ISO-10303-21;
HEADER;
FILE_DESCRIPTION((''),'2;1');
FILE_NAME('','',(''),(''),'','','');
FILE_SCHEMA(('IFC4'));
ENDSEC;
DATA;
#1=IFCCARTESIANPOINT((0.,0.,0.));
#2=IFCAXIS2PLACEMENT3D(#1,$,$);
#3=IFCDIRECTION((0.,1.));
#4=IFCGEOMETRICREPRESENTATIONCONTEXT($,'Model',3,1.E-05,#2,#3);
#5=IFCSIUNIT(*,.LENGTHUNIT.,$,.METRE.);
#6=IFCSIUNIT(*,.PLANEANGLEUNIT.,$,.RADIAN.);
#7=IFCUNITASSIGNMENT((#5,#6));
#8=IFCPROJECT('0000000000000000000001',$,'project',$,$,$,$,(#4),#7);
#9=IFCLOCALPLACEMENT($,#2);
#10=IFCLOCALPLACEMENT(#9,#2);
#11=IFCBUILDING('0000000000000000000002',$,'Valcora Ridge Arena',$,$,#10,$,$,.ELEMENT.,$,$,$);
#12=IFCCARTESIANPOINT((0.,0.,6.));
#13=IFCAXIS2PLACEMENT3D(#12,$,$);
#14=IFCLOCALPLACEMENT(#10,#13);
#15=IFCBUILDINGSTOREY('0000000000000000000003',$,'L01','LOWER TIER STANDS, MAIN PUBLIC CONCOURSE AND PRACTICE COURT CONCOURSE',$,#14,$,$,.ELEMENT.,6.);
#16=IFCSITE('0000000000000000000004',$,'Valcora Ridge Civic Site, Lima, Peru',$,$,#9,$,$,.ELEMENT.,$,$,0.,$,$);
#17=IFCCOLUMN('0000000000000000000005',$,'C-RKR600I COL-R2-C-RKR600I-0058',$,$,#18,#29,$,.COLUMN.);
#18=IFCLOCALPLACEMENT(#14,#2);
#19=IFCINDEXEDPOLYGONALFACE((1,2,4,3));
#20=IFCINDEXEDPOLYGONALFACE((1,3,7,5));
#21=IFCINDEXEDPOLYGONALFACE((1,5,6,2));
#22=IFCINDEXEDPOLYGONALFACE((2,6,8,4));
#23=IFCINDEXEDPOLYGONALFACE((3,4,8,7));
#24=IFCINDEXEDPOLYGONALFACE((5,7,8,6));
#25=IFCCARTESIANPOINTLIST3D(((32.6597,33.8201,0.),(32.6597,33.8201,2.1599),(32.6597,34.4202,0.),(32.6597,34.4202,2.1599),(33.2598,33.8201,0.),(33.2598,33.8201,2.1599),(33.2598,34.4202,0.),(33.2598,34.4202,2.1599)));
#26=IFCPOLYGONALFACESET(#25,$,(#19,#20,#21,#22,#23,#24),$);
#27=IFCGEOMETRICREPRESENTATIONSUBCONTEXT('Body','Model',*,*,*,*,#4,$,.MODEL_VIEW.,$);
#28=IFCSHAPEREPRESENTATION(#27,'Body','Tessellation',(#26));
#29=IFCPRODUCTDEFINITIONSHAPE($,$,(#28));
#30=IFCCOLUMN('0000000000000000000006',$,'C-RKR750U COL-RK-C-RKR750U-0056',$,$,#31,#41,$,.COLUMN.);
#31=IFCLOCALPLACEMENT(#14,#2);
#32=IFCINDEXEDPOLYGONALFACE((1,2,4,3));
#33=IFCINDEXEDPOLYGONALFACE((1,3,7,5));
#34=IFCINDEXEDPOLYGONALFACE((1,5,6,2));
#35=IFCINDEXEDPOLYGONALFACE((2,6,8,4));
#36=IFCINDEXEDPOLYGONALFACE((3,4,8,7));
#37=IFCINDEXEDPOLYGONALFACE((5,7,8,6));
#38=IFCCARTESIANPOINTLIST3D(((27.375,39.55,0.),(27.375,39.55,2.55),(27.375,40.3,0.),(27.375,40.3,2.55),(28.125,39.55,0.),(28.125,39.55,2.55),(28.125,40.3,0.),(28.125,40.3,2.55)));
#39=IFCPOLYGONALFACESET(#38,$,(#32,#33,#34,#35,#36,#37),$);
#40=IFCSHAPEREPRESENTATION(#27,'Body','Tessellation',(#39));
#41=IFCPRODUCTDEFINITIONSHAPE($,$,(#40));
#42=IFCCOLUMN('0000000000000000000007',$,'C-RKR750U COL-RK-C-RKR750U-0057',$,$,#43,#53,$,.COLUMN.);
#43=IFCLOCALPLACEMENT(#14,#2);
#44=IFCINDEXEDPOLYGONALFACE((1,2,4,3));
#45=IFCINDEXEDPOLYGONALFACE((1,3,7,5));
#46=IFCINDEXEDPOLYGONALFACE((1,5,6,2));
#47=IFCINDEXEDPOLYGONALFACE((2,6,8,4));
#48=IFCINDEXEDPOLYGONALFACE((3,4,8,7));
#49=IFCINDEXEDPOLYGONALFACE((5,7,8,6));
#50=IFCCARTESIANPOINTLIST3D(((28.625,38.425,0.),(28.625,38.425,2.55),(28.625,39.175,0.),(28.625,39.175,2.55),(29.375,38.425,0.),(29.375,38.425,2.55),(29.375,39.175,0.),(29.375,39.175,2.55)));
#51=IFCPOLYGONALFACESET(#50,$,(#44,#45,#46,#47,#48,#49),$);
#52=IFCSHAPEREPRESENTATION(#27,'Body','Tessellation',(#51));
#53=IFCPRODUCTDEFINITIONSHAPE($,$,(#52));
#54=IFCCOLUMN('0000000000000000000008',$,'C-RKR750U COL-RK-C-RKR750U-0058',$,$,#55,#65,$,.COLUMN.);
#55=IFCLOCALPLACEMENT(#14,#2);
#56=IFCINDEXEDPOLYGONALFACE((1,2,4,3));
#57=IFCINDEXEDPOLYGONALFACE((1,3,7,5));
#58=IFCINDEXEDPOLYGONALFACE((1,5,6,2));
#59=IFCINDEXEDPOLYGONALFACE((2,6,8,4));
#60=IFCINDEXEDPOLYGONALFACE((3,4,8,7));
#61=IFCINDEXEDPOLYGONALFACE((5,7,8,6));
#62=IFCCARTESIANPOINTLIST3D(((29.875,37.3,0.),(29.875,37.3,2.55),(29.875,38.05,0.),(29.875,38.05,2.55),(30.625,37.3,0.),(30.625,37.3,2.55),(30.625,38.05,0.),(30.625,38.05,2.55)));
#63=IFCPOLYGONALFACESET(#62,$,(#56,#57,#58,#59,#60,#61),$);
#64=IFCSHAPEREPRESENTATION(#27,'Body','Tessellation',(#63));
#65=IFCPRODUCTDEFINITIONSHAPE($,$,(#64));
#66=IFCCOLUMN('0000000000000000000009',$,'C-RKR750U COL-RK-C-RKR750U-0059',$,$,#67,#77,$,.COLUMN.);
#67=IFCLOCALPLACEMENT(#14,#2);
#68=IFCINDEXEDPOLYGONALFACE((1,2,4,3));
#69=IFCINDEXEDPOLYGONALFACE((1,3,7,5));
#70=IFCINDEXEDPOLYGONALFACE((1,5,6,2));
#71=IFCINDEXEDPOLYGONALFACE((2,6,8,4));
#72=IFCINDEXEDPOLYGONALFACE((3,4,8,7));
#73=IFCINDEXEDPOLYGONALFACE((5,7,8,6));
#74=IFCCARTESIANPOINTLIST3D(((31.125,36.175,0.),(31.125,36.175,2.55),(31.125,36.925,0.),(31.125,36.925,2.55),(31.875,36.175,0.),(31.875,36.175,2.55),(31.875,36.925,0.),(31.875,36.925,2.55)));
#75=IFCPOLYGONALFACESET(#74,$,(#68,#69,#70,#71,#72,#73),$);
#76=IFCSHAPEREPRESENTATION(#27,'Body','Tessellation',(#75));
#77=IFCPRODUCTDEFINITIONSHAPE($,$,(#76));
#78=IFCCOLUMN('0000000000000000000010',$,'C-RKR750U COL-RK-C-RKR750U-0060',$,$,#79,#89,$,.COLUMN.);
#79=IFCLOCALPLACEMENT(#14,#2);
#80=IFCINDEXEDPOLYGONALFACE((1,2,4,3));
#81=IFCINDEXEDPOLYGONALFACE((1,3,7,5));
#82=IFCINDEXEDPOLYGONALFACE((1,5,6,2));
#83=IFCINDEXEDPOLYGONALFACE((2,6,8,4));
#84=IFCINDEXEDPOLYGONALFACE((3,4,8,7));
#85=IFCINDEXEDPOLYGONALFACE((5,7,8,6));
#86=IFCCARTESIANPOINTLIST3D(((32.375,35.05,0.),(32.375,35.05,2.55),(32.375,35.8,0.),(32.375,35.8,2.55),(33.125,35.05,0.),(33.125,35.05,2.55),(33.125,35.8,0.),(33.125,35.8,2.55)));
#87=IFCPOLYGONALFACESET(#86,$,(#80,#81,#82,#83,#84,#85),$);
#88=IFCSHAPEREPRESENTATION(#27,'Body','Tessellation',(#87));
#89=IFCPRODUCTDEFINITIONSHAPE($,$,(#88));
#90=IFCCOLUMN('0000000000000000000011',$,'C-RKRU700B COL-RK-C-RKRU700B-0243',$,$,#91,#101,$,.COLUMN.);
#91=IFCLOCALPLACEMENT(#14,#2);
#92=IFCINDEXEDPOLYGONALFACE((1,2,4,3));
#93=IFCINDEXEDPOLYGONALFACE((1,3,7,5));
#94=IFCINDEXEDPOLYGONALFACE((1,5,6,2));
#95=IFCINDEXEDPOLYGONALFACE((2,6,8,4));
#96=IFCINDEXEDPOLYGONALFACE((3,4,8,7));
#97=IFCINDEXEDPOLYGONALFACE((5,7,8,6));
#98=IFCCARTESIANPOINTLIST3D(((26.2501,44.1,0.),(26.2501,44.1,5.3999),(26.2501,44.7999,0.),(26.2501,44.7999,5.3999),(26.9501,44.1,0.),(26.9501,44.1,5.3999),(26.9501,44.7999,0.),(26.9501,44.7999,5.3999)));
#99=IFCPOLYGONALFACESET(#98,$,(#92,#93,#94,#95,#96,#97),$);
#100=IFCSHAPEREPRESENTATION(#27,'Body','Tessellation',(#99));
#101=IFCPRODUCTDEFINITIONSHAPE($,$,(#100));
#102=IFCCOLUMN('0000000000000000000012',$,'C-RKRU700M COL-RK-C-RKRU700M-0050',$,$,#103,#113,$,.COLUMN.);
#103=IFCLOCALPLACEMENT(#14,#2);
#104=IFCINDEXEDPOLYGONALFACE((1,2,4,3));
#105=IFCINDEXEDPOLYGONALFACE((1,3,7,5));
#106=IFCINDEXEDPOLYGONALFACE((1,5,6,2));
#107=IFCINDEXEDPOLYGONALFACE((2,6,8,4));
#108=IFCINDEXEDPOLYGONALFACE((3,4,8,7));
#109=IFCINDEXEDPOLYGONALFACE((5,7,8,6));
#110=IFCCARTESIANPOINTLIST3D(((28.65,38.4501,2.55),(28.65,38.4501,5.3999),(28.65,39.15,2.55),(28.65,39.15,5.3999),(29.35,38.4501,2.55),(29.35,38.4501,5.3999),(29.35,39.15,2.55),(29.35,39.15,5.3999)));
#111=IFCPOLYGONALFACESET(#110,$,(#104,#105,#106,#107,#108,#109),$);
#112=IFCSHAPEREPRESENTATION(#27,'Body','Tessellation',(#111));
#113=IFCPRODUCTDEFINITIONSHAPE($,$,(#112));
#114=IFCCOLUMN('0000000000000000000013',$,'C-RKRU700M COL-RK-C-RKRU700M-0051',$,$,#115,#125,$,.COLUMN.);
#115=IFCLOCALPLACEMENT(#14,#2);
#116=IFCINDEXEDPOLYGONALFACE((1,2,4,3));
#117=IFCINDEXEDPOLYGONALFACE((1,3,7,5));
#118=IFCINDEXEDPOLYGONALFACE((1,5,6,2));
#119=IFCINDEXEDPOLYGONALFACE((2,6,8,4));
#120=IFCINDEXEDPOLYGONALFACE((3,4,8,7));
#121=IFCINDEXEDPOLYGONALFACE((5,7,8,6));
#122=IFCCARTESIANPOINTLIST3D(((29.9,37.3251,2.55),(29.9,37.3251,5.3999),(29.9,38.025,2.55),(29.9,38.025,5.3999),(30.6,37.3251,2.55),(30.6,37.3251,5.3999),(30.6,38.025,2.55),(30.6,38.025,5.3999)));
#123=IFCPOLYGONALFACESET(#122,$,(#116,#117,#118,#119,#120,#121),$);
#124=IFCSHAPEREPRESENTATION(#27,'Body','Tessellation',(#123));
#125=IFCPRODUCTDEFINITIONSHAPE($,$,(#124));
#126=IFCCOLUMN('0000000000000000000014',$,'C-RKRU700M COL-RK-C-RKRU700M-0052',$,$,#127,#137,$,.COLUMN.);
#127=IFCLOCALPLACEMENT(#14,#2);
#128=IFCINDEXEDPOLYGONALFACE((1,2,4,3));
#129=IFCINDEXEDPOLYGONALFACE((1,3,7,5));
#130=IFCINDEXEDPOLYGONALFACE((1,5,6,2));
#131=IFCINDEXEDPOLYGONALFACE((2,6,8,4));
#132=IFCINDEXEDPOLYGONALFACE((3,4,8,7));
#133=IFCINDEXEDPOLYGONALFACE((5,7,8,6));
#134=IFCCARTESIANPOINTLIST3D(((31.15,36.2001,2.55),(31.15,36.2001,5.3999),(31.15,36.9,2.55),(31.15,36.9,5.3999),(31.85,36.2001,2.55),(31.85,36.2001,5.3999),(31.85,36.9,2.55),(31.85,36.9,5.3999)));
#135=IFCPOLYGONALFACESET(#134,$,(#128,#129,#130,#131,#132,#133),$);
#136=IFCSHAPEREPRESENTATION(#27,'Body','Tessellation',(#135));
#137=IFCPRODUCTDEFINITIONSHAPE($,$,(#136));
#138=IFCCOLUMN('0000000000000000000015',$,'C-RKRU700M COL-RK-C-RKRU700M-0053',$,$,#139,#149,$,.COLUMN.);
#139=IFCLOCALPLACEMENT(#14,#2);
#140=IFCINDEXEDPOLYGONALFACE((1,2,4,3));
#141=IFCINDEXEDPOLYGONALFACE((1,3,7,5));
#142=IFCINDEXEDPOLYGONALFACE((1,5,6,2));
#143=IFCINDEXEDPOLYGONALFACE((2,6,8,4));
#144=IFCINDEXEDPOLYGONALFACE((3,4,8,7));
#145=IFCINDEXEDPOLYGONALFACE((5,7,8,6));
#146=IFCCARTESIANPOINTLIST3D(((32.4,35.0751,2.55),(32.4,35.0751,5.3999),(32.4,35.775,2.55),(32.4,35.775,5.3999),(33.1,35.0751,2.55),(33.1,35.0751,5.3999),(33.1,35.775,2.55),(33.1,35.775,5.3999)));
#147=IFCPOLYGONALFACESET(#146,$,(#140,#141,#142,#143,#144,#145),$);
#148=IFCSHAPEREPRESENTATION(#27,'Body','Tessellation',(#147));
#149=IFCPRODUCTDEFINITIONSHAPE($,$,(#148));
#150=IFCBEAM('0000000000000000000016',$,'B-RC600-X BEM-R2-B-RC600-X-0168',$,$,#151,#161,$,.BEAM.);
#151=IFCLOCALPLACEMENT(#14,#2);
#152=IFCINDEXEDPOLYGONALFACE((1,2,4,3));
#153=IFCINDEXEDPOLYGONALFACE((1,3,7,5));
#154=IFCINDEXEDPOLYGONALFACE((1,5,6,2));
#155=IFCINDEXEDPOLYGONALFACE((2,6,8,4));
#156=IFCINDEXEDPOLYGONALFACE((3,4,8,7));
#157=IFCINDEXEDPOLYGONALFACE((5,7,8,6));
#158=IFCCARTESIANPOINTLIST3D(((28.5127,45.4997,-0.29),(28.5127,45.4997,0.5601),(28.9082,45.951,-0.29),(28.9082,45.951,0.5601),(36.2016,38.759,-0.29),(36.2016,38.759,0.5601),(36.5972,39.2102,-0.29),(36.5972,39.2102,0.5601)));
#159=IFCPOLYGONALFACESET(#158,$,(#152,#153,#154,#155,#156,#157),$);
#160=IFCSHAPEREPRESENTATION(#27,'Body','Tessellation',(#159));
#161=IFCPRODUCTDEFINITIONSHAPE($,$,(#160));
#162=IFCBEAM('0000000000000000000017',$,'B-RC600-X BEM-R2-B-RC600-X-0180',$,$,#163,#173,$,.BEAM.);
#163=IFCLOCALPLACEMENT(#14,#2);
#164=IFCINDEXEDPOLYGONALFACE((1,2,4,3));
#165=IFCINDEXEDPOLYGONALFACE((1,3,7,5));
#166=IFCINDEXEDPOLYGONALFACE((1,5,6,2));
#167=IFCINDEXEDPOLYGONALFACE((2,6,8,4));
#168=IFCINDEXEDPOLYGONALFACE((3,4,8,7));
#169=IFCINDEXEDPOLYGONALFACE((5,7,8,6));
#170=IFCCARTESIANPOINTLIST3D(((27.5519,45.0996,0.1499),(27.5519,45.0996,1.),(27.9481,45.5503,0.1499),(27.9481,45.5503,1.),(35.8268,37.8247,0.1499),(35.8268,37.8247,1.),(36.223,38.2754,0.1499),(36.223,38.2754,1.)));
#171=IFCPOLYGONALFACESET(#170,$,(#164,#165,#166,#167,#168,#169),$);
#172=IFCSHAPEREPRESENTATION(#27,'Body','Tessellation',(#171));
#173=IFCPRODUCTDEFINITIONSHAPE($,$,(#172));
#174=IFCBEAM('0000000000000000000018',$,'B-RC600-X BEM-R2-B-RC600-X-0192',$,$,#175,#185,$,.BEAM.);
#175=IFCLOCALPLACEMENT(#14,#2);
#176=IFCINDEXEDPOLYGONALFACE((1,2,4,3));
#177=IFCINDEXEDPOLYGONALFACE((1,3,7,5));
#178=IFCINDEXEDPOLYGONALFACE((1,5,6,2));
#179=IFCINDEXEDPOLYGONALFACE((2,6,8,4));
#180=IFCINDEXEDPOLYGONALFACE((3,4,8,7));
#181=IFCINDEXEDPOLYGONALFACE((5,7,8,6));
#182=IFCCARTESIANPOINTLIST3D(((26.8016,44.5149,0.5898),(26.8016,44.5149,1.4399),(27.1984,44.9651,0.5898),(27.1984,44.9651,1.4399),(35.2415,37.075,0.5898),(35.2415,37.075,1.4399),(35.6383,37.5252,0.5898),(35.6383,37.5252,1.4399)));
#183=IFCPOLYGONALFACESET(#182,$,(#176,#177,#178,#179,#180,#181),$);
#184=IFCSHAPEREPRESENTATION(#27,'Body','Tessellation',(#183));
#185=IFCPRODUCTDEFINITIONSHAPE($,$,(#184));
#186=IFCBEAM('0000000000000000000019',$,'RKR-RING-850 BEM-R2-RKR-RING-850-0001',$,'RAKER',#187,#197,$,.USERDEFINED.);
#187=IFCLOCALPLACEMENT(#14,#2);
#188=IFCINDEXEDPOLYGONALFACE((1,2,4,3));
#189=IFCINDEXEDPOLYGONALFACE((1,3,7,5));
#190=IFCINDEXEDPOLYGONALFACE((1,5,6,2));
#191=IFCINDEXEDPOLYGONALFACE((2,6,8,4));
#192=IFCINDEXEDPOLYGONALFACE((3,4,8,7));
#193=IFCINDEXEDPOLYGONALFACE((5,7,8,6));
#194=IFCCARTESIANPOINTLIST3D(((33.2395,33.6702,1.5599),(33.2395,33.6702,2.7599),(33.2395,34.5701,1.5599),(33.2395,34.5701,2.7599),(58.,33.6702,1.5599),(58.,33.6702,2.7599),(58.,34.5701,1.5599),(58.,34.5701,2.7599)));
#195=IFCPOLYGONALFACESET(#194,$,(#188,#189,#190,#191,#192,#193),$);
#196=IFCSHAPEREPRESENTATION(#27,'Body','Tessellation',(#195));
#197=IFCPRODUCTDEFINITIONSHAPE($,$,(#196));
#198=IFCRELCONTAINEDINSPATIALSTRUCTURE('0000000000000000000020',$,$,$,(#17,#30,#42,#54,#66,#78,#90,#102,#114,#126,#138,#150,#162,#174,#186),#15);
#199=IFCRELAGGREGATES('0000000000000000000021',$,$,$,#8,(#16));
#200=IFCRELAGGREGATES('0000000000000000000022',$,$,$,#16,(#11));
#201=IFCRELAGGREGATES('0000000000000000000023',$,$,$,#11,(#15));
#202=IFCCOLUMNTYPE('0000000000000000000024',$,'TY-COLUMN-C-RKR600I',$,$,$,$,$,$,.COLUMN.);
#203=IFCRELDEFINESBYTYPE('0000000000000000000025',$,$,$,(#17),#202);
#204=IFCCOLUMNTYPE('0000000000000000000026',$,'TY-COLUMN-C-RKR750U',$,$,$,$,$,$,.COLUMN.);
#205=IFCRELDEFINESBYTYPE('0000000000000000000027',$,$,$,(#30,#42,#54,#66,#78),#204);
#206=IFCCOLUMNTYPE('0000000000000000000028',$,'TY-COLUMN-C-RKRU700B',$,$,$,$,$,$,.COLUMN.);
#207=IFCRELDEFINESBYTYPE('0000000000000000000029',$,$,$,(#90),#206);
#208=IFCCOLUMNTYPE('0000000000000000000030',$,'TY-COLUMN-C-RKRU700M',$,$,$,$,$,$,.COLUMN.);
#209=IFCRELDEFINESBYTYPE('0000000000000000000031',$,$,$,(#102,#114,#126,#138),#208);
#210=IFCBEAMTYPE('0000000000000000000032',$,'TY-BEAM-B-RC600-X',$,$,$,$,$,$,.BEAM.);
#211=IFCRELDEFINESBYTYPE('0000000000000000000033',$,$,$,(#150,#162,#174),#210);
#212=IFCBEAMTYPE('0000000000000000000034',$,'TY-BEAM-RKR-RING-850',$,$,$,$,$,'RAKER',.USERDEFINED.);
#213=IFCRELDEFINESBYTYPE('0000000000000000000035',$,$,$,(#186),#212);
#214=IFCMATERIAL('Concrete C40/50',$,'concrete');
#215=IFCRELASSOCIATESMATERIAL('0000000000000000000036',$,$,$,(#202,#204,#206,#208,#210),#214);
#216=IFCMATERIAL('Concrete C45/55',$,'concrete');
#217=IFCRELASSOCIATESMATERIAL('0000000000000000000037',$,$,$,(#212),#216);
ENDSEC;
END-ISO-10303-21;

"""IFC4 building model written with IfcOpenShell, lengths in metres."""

from ifc_helpers import new_model, si_unit, direction, frame, origin, origin_2d, place, context, subcontext, project, spatial, rectangle, extrude, material, material_profile, profile_set, type_object, element, save


model = new_model("IFC4")

# Units and contexts
model_context = context("Model", 3, precision=1e-05, world=origin(), true_north=direction((0.0, 1.0)))
body_context = subcontext(model_context, "Body", "Model", "MODEL_VIEW")
ifc_project = project(units=[si_unit("LENGTHUNIT", "METRE"), si_unit("PLANEANGLEUNIT", "RADIAN")], contexts=[model_context])

# Site, building, storey
site_placement = place(None, origin())
site = spatial("IfcSite", under=ifc_project, at=site_placement, Name="Valcora Ridge Civic Site, Lima, Peru", CompositionType="ELEMENT", RefElevation=0.0)
building_placement = place(site_placement, origin())
building = spatial("IfcBuilding", under=site, at=building_placement, Name="Valcora Ridge Arena", CompositionType="ELEMENT")
storey_placement = place(building_placement, frame((0.0, 0.0, 6.0)))
storey = spatial("IfcBuildingStorey", under=building, at=storey_placement, Name="L01", Description="LOWER TIER STANDS, MAIN PUBLIC CONCOURSE AND PRACTICE COURT CONCOURSE", CompositionType="ELEMENT", Elevation=6.0)

# Columns
ifc_material_1 = material(Name="Concrete C40/50", Category="concrete")
ifc_material_profile_1 = material_profile(ifc_material_1, rectangle(XDim=0.6001, YDim=0.6001, at=origin_2d()), Name="RC 600x600")
ifc_profile_set_1 = profile_set([ifc_material_profile_1], Name="Concrete C40/50")
column_type_1 = type_object("IfcColumnType", Name="TY-COLUMN-C-RKR600I", PredefinedType="COLUMN", material=ifc_profile_set_1)
column_1_placement = place(storey_placement, frame((32.9597, 34.1201, 0.0), z_axis=(0.0, 0.0, 1.0), x_axis=(1.0, 0.0, 0.0)))
element("IfcColumn", 1, at=column_1_placement, inside=storey, type_object=column_type_1, Name="C-RKR600I COL-R2-C-RKR600I-0058", PredefinedType="COLUMN", context=body_context, shape_type="SweptSolid", body=[
    extrude(rectangle(XDim=0.6001, YDim=0.6001, at=origin_2d()), origin(), (0.0, 0.0, 1.0), 2.1599),
])
ifc_material_profile_2 = material_profile(ifc_material_1, rectangle(XDim=0.75, YDim=0.75, at=origin_2d()), Name="RC 750x750")
ifc_profile_set_2 = profile_set([ifc_material_profile_2], Name="Concrete C40/50")
column_type_2 = type_object("IfcColumnType", Name="TY-COLUMN-C-RKR750U", PredefinedType="COLUMN", material=ifc_profile_set_2)
for number, where, z_axis, x_axis, name in (
    (2, (27.75, 39.925, 0.0), (0.0, 0.0, 1.0), (1.0, 0.0, 0.0), "C-RKR750U COL-RK-C-RKR750U-0056"),
    (3, (29.0, 38.8, 0.0), (0.0, 0.0, 1.0), (1.0, 0.0, 0.0), "C-RKR750U COL-RK-C-RKR750U-0057"),
    (4, (30.25, 37.675, 0.0), (0.0, 0.0, 1.0), (1.0, 0.0, 0.0), "C-RKR750U COL-RK-C-RKR750U-0058"),
    (5, (31.5, 36.55, 0.0), (0.0, 0.0, 1.0), (1.0, 0.0, 0.0), "C-RKR750U COL-RK-C-RKR750U-0059"),
    (6, (32.75, 35.425, 0.0), (0.0, 0.0, 1.0), (1.0, 0.0, 0.0), "C-RKR750U COL-RK-C-RKR750U-0060"),
):
    element("IfcColumn", number, at=place(storey_placement, frame(where, z_axis=z_axis, x_axis=x_axis)), inside=storey, type_object=column_type_2, Name=name, PredefinedType="COLUMN", context=body_context, shape_type="SweptSolid", body=[
        extrude(rectangle(XDim=0.75, YDim=0.75, at=origin_2d()), origin(), (0.0, 0.0, 1.0), 2.55),
    ])
ifc_material_profile_3 = material_profile(ifc_material_1, rectangle(XDim=0.7, YDim=0.7, at=origin_2d()), Name="RC 700x700")
ifc_profile_set_3 = profile_set([ifc_material_profile_3], Name="Concrete C40/50")
column_type_3 = type_object("IfcColumnType", Name="TY-COLUMN-C-RKRU700B", PredefinedType="COLUMN", material=ifc_profile_set_3)
column_2_placement = place(storey_placement, frame((26.6001, 44.45, 0.0), z_axis=(0.0, 0.0, 1.0), x_axis=(1.0, 0.0, 0.0)))
element("IfcColumn", 7, at=column_2_placement, inside=storey, type_object=column_type_3, Name="C-RKRU700B COL-RK-C-RKRU700B-0243", PredefinedType="COLUMN", context=body_context, shape_type="SweptSolid", body=[
    extrude(rectangle(XDim=0.7, YDim=0.7, at=origin_2d()), origin(), (0.0, 0.0, 1.0), 5.3999),
])
ifc_material_profile_4 = material_profile(ifc_material_1, rectangle(XDim=0.7, YDim=0.7, at=origin_2d()), Name="RC 700x700")
ifc_profile_set_4 = profile_set([ifc_material_profile_4], Name="Concrete C40/50")
column_type_4 = type_object("IfcColumnType", Name="TY-COLUMN-C-RKRU700M", PredefinedType="COLUMN", material=ifc_profile_set_4)
for number, where, z_axis, x_axis, name in (
    (8, (29.0, 38.8, 2.55), (0.0, 0.0, 1.0), (1.0, 0.0, 0.0), "C-RKRU700M COL-RK-C-RKRU700M-0050"),
    (9, (30.25, 37.675, 2.55), (0.0, 0.0, 1.0), (1.0, 0.0, 0.0), "C-RKRU700M COL-RK-C-RKRU700M-0051"),
    (10, (31.5, 36.55, 2.55), (0.0, 0.0, 1.0), (1.0, 0.0, 0.0), "C-RKRU700M COL-RK-C-RKRU700M-0052"),
    (11, (32.75, 35.425, 2.55), (0.0, 0.0, 1.0), (1.0, 0.0, 0.0), "C-RKRU700M COL-RK-C-RKRU700M-0053"),
):
    element("IfcColumn", number, at=place(storey_placement, frame(where, z_axis=z_axis, x_axis=x_axis)), inside=storey, type_object=column_type_4, Name=name, PredefinedType="COLUMN", context=body_context, shape_type="SweptSolid", body=[
        extrude(rectangle(XDim=0.7, YDim=0.7, at=origin_2d()), origin(), (0.0, 0.0, 1.0), 2.8499),
    ])

# Beams
ifc_material_profile_5 = material_profile(ifc_material_1, rectangle(XDim=0.6001, YDim=0.8501, at=origin_2d()), Name="RC 600x850")
ifc_profile_set_5 = profile_set([ifc_material_profile_5], Name="Concrete C40/50")
beam_type_1 = type_object("IfcBeamType", Name="TY-BEAM-B-RC600-X", PredefinedType="BEAM", material=ifc_profile_set_5)
beam_1_placement = place(storey_placement, frame((28.7104, 45.7253, 0.135), z_axis=(0.751952, -0.659218, 0.0), x_axis=(0.659218, 0.751952, 0.0)))
element("IfcBeam", 12, at=beam_1_placement, inside=storey, type_object=beam_type_1, Name="B-RC600-X BEM-R2-B-RC600-X-0168", PredefinedType="BEAM", context=body_context, shape_type="SweptSolid", body=[
    extrude(rectangle(XDim=0.6001, YDim=0.8501, at=origin_2d()), origin(), (0.0, 0.0, 1.0), 10.2253),
])
beam_2_placement = place(storey_placement, frame((27.75, 45.325, 0.575), z_axis=(0.751029, -0.660269, 0.0), x_axis=(0.660269, 0.751029, 0.0)))
element("IfcBeam", 13, at=beam_2_placement, inside=storey, type_object=beam_type_1, Name="B-RC600-X BEM-R2-B-RC600-X-0180", PredefinedType="BEAM", context=body_context, shape_type="SweptSolid", body=[
    extrude(rectangle(XDim=0.6001, YDim=0.8501, at=origin_2d()), origin(), (0.0, 0.0, 1.0), 11.0181),
])
beam_3_placement = place(storey_placement, frame((27.0, 44.74, 1.0149), z_axis=(0.750149, -0.661268, 0.0), x_axis=(0.661268, 0.750149, 0.0)))
element("IfcBeam", 14, at=beam_3_placement, inside=storey, type_object=beam_type_1, Name="B-RC600-X BEM-R2-B-RC600-X-0192", PredefinedType="BEAM", context=body_context, shape_type="SweptSolid", body=[
    extrude(rectangle(XDim=0.6001, YDim=0.8501, at=origin_2d()), origin(), (0.0, 0.0, 1.0), 11.251),
])
ifc_material_2 = material(Name="Concrete C45/55", Category="concrete")
ifc_material_profile_6 = material_profile(ifc_material_2, rectangle(XDim=0.8999, YDim=1.2, at=origin_2d()), Name="RC 900x1200")
ifc_profile_set_6 = profile_set([ifc_material_profile_6], Name="Concrete C45/55")
beam_type_2 = type_object("IfcBeamType", Name="TY-BEAM-RKR-RING-850", ElementType="RAKER", PredefinedType="USERDEFINED", material=ifc_profile_set_6)
beam_4_placement = place(storey_placement, frame((33.2395, 34.1201, 2.1599), z_axis=(1.0, 0.0, 0.0), x_axis=(0.0, 1.0, 0.0)))
element("IfcBeam", 15, at=beam_4_placement, inside=storey, type_object=beam_type_2, Name="RKR-RING-850 BEM-R2-RKR-RING-850-0001", ObjectType="RAKER", PredefinedType="USERDEFINED", context=body_context, shape_type="SweptSolid", body=[
    extrude(rectangle(XDim=0.8999, YDim=1.2, at=origin_2d()), origin(), (0.0, 0.0, 1.0), 24.7605),
])

save(model, "model.ifc")
